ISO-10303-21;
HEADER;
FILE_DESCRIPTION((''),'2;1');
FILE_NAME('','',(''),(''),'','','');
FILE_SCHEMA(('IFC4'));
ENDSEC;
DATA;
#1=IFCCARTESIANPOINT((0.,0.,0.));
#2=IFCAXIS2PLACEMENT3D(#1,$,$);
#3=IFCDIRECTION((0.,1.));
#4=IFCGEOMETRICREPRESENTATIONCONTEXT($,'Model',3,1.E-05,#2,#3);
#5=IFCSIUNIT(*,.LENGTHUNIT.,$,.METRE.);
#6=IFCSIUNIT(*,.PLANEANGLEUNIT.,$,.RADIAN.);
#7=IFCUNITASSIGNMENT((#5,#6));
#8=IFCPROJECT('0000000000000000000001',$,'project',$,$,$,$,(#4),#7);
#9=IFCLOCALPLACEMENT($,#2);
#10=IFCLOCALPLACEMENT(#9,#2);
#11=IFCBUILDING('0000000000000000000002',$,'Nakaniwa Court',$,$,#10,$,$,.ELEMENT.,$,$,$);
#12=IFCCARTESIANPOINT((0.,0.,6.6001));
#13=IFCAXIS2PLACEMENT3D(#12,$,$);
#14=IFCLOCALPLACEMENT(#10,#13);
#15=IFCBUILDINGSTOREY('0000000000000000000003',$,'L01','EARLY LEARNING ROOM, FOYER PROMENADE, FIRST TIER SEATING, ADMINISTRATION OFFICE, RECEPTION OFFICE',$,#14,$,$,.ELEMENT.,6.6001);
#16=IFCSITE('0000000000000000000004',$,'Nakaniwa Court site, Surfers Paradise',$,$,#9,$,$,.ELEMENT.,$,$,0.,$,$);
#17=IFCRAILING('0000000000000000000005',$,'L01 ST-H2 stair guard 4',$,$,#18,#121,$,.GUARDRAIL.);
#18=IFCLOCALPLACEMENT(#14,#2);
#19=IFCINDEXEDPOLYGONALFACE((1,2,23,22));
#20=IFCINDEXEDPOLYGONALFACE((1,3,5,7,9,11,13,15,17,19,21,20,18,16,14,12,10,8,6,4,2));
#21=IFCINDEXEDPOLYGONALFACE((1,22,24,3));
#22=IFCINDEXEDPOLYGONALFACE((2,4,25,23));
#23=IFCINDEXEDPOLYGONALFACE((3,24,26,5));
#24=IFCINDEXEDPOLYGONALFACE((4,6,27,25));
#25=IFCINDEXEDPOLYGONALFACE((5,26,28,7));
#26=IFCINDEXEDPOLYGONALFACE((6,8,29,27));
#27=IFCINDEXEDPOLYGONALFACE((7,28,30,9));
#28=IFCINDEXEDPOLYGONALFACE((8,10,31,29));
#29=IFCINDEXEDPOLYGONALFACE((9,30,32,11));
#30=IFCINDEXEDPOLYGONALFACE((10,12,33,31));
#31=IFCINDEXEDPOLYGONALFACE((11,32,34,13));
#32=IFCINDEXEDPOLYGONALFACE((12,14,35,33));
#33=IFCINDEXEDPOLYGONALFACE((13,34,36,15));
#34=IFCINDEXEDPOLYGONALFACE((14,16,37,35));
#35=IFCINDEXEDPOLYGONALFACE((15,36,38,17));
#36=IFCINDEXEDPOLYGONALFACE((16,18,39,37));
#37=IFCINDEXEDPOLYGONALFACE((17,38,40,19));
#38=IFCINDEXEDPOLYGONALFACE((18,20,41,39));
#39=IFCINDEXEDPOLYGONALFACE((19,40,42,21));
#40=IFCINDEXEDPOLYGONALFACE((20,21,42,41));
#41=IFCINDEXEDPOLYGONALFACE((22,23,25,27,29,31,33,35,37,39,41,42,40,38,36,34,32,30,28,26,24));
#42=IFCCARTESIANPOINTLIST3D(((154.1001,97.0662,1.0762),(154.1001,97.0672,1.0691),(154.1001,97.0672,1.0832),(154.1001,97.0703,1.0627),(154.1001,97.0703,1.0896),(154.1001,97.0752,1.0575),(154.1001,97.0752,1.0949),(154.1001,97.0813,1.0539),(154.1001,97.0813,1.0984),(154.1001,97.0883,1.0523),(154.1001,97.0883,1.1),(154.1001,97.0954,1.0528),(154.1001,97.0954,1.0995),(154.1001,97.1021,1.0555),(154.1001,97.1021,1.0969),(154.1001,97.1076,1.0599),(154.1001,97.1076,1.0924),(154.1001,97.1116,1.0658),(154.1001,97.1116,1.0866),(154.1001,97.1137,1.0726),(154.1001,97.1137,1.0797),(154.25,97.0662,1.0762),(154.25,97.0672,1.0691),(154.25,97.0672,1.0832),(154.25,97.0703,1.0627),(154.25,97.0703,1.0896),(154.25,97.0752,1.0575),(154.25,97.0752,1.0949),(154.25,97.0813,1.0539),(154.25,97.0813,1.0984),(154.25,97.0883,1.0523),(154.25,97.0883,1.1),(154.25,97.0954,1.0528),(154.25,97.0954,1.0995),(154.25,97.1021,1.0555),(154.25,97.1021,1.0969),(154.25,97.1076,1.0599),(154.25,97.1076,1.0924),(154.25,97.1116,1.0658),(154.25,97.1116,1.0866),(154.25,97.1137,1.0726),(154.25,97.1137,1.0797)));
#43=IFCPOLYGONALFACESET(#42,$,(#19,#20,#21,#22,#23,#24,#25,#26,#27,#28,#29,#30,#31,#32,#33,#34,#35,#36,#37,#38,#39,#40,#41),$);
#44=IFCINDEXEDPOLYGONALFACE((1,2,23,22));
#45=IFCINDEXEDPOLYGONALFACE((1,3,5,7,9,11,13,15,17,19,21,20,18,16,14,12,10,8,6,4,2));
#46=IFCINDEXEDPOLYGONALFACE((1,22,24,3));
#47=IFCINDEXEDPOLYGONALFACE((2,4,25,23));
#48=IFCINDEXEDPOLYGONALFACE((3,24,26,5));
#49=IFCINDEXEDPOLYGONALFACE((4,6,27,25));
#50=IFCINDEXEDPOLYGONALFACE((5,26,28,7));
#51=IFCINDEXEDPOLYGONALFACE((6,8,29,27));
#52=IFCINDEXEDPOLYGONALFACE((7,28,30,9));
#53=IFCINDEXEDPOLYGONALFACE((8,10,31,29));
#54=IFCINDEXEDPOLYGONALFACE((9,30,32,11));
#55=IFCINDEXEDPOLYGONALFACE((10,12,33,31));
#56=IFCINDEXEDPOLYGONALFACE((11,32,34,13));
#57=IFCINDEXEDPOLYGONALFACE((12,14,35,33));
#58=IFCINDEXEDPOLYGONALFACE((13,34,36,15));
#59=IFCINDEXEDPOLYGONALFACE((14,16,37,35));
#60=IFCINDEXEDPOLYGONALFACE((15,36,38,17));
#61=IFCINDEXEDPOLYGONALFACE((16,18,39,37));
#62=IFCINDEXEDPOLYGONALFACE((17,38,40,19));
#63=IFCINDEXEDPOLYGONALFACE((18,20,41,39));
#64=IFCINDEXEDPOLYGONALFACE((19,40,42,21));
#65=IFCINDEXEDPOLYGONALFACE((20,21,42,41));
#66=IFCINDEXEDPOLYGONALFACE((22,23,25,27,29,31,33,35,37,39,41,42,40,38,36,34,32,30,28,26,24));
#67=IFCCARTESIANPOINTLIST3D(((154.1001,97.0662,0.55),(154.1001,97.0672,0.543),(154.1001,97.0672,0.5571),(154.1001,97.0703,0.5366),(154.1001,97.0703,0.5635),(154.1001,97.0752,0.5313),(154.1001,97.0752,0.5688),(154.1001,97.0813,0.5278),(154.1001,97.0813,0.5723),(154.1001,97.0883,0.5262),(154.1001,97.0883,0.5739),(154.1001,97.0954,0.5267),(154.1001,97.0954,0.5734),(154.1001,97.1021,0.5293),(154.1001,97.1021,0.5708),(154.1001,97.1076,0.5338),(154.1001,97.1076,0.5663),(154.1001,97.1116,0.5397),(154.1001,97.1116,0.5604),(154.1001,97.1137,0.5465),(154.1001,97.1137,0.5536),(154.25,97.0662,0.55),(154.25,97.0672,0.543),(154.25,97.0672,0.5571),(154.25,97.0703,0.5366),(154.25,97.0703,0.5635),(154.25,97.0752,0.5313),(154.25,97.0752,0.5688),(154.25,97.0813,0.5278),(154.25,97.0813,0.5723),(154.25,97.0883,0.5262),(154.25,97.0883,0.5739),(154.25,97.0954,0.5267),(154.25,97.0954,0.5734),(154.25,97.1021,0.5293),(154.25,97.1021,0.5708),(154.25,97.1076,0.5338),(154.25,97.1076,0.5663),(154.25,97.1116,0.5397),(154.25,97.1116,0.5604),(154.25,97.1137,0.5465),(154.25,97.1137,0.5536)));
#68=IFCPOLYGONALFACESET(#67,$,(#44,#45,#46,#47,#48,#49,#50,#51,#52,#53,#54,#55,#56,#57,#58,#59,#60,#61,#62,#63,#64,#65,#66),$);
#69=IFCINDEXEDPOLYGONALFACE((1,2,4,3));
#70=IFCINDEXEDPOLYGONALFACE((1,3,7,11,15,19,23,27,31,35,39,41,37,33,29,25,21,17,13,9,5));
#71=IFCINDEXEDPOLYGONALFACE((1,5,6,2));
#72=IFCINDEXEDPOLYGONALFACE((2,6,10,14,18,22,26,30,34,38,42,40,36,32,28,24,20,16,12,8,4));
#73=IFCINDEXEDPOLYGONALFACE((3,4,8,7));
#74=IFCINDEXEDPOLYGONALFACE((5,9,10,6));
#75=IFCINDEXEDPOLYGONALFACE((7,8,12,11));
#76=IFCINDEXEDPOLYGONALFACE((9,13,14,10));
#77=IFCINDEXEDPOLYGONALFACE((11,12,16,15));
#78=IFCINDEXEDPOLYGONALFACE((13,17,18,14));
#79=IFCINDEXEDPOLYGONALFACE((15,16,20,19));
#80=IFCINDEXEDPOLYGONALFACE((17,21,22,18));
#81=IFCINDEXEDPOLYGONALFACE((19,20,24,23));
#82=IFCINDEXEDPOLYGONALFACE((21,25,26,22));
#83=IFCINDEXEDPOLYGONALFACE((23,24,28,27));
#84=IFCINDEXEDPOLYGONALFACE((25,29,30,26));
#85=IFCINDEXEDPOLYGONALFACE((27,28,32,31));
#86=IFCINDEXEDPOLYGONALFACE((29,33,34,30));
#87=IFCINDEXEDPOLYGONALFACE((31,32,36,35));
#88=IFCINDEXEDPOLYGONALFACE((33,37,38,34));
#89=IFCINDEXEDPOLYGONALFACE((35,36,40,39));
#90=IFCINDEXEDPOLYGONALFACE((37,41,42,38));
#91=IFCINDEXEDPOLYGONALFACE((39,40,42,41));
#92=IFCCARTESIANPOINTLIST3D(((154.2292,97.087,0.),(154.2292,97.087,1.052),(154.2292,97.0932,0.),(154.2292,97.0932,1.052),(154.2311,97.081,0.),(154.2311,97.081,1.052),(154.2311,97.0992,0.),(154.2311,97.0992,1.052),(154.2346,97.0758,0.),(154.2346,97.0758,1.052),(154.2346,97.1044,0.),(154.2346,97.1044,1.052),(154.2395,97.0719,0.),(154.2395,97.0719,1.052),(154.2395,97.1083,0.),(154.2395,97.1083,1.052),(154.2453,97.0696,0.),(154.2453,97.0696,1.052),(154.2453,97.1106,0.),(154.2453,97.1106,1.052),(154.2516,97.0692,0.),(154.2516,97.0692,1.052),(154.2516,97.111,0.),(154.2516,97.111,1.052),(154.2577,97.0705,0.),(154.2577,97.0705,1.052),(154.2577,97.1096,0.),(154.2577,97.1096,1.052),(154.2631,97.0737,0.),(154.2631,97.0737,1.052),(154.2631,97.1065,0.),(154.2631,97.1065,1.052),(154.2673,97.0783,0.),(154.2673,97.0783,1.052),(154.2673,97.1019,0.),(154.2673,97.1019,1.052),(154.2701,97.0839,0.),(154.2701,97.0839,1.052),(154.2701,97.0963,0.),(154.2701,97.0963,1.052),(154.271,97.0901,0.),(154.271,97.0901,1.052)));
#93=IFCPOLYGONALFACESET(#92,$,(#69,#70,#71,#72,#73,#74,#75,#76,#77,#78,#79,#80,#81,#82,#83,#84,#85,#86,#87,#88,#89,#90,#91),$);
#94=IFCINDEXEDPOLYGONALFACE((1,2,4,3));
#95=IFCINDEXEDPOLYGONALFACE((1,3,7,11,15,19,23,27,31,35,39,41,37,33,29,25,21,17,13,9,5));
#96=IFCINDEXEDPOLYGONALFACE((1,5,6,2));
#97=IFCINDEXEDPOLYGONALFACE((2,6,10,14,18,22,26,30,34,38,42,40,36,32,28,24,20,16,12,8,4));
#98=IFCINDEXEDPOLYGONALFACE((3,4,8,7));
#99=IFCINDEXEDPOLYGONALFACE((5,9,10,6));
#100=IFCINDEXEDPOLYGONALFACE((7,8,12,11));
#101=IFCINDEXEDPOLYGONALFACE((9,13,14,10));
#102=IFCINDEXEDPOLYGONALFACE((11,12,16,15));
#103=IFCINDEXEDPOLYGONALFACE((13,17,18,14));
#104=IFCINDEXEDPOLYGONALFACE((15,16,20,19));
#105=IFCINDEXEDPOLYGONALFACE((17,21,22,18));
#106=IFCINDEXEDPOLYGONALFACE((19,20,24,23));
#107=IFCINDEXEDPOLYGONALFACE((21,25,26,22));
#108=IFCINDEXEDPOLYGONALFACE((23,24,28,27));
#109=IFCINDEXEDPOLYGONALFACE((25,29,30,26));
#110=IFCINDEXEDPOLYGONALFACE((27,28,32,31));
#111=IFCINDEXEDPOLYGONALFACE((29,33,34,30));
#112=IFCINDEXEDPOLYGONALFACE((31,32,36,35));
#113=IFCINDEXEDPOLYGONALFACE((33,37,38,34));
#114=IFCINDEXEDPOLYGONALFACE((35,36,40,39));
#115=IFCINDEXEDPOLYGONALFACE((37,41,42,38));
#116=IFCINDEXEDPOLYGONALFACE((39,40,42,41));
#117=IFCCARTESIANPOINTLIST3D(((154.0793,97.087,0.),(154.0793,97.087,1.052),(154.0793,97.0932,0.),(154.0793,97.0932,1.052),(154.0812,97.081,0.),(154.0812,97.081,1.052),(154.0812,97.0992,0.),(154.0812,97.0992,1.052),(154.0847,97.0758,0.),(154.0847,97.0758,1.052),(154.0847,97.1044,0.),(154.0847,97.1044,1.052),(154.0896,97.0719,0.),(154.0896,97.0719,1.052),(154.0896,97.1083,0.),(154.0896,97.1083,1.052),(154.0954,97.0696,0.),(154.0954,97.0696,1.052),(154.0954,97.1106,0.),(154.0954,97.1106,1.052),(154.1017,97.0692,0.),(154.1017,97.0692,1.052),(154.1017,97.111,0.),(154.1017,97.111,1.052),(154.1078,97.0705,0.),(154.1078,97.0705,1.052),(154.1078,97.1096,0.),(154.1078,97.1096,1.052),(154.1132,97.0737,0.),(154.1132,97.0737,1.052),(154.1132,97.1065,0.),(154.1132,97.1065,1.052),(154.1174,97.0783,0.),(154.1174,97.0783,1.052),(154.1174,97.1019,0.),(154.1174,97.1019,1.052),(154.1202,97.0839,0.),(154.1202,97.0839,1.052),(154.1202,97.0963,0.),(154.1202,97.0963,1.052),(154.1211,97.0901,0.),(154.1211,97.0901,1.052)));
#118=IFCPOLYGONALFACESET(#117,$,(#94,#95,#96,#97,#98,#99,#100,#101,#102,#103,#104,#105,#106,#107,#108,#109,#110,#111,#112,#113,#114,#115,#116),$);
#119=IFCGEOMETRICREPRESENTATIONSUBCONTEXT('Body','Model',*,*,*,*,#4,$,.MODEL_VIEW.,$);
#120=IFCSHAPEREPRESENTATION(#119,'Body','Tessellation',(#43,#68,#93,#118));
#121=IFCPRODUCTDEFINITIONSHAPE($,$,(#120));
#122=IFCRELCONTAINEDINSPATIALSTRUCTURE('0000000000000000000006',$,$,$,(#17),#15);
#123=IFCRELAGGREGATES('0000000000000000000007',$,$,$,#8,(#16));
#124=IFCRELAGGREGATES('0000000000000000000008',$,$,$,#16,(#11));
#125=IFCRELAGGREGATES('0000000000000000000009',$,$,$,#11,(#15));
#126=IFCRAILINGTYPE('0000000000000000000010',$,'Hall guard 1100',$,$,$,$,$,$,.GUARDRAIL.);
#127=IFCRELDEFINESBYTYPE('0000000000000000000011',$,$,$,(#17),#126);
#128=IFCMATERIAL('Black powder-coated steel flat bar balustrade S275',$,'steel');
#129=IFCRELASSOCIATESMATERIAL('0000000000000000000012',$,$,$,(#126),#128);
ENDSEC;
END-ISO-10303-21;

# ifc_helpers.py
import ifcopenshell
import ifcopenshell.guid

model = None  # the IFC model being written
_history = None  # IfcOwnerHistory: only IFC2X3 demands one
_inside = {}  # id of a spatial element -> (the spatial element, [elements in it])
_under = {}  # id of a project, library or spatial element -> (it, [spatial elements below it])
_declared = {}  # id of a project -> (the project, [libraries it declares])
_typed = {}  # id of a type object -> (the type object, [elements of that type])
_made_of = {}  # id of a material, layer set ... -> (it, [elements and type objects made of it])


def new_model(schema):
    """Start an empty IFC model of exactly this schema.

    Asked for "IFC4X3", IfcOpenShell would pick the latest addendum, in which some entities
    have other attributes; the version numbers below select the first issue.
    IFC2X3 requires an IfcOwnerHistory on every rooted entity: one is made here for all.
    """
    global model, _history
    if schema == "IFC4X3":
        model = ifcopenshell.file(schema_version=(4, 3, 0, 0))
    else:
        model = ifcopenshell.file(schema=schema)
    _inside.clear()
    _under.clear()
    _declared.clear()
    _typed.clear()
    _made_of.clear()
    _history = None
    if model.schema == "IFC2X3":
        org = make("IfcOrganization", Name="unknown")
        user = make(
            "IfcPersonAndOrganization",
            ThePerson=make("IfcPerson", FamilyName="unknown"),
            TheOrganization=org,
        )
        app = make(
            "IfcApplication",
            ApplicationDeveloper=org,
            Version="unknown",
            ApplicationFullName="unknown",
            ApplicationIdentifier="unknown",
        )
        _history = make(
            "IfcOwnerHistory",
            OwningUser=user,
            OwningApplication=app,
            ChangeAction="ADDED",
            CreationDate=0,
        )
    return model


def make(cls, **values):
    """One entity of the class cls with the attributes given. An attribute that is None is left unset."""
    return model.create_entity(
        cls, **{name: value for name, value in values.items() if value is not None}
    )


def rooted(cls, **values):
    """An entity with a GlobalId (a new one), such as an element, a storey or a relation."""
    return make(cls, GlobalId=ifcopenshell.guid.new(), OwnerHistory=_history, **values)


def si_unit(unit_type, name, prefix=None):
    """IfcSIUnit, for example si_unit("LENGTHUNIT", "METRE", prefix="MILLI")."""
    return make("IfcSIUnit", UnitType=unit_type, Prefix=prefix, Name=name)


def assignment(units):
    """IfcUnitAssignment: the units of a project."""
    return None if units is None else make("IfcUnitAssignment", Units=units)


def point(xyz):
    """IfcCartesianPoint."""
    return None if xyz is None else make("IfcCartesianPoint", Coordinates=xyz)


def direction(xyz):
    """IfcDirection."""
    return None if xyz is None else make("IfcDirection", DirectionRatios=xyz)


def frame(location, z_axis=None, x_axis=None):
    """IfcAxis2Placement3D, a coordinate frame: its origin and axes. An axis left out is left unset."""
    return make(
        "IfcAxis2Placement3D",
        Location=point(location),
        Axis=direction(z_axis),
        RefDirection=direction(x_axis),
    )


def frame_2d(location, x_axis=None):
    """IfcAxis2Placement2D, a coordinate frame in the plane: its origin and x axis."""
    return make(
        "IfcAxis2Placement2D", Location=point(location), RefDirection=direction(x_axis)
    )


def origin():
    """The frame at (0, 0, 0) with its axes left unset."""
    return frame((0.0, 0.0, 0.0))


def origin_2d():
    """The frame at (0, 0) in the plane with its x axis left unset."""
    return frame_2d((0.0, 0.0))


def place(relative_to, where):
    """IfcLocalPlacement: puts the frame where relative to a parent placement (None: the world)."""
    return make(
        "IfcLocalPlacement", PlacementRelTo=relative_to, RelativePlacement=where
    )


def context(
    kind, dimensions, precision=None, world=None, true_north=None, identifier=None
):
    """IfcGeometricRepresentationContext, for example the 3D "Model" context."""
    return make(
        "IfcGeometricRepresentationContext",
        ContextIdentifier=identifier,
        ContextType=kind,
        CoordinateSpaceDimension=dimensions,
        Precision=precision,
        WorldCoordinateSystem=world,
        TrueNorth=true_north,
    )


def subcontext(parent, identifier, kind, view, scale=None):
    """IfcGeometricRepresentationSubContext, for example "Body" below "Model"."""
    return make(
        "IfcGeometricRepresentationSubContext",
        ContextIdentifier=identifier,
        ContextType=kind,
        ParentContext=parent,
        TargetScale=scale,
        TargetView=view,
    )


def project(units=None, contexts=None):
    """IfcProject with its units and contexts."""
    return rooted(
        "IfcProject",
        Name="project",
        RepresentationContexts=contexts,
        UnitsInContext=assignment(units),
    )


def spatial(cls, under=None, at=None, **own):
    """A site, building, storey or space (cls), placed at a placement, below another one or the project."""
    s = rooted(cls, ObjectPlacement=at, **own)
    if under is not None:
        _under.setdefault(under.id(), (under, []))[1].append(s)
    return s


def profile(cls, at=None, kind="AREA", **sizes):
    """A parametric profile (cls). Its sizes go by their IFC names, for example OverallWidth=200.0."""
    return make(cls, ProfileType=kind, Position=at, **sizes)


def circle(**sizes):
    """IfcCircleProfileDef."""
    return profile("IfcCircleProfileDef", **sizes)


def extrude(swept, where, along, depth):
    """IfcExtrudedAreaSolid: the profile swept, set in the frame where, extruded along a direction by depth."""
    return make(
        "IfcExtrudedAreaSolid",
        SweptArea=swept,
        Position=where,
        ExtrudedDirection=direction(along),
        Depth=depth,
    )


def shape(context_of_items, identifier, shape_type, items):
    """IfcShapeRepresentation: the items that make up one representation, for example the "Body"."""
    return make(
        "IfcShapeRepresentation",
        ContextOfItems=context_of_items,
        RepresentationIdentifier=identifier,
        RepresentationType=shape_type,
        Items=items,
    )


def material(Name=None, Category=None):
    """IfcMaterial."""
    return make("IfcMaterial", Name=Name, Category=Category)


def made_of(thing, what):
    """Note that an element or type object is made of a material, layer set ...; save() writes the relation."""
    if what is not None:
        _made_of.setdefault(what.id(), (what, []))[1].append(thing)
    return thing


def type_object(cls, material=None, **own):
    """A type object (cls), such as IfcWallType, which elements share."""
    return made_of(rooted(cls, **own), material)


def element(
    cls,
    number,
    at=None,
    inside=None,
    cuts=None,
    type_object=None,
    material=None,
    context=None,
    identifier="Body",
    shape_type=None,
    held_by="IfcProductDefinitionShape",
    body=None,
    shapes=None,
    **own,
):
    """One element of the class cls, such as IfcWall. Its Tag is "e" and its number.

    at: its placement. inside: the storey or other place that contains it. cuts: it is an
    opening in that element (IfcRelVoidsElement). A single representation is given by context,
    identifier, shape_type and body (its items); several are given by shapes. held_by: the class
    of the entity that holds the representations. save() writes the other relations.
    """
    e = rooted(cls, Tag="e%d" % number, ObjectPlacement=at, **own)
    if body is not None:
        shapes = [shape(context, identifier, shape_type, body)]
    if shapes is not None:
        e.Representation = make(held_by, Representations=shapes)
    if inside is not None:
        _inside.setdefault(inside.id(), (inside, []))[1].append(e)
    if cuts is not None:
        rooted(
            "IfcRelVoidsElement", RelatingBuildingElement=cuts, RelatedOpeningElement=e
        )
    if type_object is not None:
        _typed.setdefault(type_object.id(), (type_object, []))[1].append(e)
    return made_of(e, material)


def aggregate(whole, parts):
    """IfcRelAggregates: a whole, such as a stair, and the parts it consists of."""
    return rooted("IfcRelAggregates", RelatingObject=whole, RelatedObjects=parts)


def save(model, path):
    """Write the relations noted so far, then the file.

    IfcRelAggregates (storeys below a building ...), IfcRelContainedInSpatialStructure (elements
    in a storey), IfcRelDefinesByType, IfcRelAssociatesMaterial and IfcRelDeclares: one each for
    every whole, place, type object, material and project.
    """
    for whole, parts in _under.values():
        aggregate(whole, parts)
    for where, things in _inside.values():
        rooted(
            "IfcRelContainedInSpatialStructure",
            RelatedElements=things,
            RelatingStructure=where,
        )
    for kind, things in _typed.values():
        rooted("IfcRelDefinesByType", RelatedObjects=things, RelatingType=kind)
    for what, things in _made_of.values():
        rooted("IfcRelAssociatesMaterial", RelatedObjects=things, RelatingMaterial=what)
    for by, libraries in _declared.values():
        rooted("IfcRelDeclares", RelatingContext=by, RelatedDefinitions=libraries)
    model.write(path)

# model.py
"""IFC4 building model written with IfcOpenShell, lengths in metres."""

from ifc_helpers import new_model, si_unit, direction, frame, origin, origin_2d, place, context, subcontext, project, spatial, circle, extrude, material, type_object, element, save


model = new_model("IFC4")

# Units and contexts
model_context = context("Model", 3, precision=1e-05, world=origin(), true_north=direction((0.0, 1.0)))
body_context = subcontext(model_context, "Body", "Model", "MODEL_VIEW")
ifc_project = project(units=[si_unit("LENGTHUNIT", "METRE"), si_unit("PLANEANGLEUNIT", "RADIAN")], contexts=[model_context])

# Site, building, storey
site_placement = place(None, origin())
site = spatial("IfcSite", under=ifc_project, at=site_placement, Name="Nakaniwa Court site, Surfers Paradise", CompositionType="ELEMENT", RefElevation=0.0)
building_placement = place(site_placement, origin())
building = spatial("IfcBuilding", under=site, at=building_placement, Name="Nakaniwa Court", CompositionType="ELEMENT")
storey_placement = place(building_placement, frame((0.0, 0.0, 6.6001)))
storey = spatial("IfcBuildingStorey", under=building, at=storey_placement, Name="L01", Description="EARLY LEARNING ROOM, FOYER PROMENADE, FIRST TIER SEATING, ADMINISTRATION OFFICE, RECEPTION OFFICE", CompositionType="ELEMENT", Elevation=6.6001)

# Railing
ifc_material_1 = material(Name="Black powder-coated steel flat bar balustrade S275", Category="steel")
railing_type_1 = type_object("IfcRailingType", Name="Hall guard 1100", PredefinedType="GUARDRAIL", material=ifc_material_1)
railing_1_placement = place(storey_placement, frame((154.25, 97.0901, 0.0)))
element("IfcRailing", 1, at=railing_1_placement, inside=storey, type_object=railing_type_1, Name="L01 ST-H2 stair guard 4", PredefinedType="GUARDRAIL", context=body_context, shape_type="SweptSolid", body=[
    extrude(circle(Radius=0.0239, at=origin_2d()), frame((0.0, 0.0, 1.0762), z_axis=(-1.0, 0.0, 0.0), x_axis=(0.0, -1.0, 0.0)), (0.0, 0.0, 1.0), 0.1499),
    extrude(circle(Radius=0.0239, at=origin_2d()), frame((0.0, 0.0, 0.55), z_axis=(-1.0, 0.0, 0.0), x_axis=(0.0, -1.0, 0.0)), (0.0, 0.0, 1.0), 0.1499),
    extrude(circle(Radius=0.021, at=origin_2d()), origin(), (0.0, 0.0, 1.0), 1.052),
    extrude(circle(Radius=0.021, at=origin_2d()), frame((-0.1499, 0.0, 0.0)), (0.0, 0.0, 1.0), 1.052),
])

save(model, "model.ifc")
